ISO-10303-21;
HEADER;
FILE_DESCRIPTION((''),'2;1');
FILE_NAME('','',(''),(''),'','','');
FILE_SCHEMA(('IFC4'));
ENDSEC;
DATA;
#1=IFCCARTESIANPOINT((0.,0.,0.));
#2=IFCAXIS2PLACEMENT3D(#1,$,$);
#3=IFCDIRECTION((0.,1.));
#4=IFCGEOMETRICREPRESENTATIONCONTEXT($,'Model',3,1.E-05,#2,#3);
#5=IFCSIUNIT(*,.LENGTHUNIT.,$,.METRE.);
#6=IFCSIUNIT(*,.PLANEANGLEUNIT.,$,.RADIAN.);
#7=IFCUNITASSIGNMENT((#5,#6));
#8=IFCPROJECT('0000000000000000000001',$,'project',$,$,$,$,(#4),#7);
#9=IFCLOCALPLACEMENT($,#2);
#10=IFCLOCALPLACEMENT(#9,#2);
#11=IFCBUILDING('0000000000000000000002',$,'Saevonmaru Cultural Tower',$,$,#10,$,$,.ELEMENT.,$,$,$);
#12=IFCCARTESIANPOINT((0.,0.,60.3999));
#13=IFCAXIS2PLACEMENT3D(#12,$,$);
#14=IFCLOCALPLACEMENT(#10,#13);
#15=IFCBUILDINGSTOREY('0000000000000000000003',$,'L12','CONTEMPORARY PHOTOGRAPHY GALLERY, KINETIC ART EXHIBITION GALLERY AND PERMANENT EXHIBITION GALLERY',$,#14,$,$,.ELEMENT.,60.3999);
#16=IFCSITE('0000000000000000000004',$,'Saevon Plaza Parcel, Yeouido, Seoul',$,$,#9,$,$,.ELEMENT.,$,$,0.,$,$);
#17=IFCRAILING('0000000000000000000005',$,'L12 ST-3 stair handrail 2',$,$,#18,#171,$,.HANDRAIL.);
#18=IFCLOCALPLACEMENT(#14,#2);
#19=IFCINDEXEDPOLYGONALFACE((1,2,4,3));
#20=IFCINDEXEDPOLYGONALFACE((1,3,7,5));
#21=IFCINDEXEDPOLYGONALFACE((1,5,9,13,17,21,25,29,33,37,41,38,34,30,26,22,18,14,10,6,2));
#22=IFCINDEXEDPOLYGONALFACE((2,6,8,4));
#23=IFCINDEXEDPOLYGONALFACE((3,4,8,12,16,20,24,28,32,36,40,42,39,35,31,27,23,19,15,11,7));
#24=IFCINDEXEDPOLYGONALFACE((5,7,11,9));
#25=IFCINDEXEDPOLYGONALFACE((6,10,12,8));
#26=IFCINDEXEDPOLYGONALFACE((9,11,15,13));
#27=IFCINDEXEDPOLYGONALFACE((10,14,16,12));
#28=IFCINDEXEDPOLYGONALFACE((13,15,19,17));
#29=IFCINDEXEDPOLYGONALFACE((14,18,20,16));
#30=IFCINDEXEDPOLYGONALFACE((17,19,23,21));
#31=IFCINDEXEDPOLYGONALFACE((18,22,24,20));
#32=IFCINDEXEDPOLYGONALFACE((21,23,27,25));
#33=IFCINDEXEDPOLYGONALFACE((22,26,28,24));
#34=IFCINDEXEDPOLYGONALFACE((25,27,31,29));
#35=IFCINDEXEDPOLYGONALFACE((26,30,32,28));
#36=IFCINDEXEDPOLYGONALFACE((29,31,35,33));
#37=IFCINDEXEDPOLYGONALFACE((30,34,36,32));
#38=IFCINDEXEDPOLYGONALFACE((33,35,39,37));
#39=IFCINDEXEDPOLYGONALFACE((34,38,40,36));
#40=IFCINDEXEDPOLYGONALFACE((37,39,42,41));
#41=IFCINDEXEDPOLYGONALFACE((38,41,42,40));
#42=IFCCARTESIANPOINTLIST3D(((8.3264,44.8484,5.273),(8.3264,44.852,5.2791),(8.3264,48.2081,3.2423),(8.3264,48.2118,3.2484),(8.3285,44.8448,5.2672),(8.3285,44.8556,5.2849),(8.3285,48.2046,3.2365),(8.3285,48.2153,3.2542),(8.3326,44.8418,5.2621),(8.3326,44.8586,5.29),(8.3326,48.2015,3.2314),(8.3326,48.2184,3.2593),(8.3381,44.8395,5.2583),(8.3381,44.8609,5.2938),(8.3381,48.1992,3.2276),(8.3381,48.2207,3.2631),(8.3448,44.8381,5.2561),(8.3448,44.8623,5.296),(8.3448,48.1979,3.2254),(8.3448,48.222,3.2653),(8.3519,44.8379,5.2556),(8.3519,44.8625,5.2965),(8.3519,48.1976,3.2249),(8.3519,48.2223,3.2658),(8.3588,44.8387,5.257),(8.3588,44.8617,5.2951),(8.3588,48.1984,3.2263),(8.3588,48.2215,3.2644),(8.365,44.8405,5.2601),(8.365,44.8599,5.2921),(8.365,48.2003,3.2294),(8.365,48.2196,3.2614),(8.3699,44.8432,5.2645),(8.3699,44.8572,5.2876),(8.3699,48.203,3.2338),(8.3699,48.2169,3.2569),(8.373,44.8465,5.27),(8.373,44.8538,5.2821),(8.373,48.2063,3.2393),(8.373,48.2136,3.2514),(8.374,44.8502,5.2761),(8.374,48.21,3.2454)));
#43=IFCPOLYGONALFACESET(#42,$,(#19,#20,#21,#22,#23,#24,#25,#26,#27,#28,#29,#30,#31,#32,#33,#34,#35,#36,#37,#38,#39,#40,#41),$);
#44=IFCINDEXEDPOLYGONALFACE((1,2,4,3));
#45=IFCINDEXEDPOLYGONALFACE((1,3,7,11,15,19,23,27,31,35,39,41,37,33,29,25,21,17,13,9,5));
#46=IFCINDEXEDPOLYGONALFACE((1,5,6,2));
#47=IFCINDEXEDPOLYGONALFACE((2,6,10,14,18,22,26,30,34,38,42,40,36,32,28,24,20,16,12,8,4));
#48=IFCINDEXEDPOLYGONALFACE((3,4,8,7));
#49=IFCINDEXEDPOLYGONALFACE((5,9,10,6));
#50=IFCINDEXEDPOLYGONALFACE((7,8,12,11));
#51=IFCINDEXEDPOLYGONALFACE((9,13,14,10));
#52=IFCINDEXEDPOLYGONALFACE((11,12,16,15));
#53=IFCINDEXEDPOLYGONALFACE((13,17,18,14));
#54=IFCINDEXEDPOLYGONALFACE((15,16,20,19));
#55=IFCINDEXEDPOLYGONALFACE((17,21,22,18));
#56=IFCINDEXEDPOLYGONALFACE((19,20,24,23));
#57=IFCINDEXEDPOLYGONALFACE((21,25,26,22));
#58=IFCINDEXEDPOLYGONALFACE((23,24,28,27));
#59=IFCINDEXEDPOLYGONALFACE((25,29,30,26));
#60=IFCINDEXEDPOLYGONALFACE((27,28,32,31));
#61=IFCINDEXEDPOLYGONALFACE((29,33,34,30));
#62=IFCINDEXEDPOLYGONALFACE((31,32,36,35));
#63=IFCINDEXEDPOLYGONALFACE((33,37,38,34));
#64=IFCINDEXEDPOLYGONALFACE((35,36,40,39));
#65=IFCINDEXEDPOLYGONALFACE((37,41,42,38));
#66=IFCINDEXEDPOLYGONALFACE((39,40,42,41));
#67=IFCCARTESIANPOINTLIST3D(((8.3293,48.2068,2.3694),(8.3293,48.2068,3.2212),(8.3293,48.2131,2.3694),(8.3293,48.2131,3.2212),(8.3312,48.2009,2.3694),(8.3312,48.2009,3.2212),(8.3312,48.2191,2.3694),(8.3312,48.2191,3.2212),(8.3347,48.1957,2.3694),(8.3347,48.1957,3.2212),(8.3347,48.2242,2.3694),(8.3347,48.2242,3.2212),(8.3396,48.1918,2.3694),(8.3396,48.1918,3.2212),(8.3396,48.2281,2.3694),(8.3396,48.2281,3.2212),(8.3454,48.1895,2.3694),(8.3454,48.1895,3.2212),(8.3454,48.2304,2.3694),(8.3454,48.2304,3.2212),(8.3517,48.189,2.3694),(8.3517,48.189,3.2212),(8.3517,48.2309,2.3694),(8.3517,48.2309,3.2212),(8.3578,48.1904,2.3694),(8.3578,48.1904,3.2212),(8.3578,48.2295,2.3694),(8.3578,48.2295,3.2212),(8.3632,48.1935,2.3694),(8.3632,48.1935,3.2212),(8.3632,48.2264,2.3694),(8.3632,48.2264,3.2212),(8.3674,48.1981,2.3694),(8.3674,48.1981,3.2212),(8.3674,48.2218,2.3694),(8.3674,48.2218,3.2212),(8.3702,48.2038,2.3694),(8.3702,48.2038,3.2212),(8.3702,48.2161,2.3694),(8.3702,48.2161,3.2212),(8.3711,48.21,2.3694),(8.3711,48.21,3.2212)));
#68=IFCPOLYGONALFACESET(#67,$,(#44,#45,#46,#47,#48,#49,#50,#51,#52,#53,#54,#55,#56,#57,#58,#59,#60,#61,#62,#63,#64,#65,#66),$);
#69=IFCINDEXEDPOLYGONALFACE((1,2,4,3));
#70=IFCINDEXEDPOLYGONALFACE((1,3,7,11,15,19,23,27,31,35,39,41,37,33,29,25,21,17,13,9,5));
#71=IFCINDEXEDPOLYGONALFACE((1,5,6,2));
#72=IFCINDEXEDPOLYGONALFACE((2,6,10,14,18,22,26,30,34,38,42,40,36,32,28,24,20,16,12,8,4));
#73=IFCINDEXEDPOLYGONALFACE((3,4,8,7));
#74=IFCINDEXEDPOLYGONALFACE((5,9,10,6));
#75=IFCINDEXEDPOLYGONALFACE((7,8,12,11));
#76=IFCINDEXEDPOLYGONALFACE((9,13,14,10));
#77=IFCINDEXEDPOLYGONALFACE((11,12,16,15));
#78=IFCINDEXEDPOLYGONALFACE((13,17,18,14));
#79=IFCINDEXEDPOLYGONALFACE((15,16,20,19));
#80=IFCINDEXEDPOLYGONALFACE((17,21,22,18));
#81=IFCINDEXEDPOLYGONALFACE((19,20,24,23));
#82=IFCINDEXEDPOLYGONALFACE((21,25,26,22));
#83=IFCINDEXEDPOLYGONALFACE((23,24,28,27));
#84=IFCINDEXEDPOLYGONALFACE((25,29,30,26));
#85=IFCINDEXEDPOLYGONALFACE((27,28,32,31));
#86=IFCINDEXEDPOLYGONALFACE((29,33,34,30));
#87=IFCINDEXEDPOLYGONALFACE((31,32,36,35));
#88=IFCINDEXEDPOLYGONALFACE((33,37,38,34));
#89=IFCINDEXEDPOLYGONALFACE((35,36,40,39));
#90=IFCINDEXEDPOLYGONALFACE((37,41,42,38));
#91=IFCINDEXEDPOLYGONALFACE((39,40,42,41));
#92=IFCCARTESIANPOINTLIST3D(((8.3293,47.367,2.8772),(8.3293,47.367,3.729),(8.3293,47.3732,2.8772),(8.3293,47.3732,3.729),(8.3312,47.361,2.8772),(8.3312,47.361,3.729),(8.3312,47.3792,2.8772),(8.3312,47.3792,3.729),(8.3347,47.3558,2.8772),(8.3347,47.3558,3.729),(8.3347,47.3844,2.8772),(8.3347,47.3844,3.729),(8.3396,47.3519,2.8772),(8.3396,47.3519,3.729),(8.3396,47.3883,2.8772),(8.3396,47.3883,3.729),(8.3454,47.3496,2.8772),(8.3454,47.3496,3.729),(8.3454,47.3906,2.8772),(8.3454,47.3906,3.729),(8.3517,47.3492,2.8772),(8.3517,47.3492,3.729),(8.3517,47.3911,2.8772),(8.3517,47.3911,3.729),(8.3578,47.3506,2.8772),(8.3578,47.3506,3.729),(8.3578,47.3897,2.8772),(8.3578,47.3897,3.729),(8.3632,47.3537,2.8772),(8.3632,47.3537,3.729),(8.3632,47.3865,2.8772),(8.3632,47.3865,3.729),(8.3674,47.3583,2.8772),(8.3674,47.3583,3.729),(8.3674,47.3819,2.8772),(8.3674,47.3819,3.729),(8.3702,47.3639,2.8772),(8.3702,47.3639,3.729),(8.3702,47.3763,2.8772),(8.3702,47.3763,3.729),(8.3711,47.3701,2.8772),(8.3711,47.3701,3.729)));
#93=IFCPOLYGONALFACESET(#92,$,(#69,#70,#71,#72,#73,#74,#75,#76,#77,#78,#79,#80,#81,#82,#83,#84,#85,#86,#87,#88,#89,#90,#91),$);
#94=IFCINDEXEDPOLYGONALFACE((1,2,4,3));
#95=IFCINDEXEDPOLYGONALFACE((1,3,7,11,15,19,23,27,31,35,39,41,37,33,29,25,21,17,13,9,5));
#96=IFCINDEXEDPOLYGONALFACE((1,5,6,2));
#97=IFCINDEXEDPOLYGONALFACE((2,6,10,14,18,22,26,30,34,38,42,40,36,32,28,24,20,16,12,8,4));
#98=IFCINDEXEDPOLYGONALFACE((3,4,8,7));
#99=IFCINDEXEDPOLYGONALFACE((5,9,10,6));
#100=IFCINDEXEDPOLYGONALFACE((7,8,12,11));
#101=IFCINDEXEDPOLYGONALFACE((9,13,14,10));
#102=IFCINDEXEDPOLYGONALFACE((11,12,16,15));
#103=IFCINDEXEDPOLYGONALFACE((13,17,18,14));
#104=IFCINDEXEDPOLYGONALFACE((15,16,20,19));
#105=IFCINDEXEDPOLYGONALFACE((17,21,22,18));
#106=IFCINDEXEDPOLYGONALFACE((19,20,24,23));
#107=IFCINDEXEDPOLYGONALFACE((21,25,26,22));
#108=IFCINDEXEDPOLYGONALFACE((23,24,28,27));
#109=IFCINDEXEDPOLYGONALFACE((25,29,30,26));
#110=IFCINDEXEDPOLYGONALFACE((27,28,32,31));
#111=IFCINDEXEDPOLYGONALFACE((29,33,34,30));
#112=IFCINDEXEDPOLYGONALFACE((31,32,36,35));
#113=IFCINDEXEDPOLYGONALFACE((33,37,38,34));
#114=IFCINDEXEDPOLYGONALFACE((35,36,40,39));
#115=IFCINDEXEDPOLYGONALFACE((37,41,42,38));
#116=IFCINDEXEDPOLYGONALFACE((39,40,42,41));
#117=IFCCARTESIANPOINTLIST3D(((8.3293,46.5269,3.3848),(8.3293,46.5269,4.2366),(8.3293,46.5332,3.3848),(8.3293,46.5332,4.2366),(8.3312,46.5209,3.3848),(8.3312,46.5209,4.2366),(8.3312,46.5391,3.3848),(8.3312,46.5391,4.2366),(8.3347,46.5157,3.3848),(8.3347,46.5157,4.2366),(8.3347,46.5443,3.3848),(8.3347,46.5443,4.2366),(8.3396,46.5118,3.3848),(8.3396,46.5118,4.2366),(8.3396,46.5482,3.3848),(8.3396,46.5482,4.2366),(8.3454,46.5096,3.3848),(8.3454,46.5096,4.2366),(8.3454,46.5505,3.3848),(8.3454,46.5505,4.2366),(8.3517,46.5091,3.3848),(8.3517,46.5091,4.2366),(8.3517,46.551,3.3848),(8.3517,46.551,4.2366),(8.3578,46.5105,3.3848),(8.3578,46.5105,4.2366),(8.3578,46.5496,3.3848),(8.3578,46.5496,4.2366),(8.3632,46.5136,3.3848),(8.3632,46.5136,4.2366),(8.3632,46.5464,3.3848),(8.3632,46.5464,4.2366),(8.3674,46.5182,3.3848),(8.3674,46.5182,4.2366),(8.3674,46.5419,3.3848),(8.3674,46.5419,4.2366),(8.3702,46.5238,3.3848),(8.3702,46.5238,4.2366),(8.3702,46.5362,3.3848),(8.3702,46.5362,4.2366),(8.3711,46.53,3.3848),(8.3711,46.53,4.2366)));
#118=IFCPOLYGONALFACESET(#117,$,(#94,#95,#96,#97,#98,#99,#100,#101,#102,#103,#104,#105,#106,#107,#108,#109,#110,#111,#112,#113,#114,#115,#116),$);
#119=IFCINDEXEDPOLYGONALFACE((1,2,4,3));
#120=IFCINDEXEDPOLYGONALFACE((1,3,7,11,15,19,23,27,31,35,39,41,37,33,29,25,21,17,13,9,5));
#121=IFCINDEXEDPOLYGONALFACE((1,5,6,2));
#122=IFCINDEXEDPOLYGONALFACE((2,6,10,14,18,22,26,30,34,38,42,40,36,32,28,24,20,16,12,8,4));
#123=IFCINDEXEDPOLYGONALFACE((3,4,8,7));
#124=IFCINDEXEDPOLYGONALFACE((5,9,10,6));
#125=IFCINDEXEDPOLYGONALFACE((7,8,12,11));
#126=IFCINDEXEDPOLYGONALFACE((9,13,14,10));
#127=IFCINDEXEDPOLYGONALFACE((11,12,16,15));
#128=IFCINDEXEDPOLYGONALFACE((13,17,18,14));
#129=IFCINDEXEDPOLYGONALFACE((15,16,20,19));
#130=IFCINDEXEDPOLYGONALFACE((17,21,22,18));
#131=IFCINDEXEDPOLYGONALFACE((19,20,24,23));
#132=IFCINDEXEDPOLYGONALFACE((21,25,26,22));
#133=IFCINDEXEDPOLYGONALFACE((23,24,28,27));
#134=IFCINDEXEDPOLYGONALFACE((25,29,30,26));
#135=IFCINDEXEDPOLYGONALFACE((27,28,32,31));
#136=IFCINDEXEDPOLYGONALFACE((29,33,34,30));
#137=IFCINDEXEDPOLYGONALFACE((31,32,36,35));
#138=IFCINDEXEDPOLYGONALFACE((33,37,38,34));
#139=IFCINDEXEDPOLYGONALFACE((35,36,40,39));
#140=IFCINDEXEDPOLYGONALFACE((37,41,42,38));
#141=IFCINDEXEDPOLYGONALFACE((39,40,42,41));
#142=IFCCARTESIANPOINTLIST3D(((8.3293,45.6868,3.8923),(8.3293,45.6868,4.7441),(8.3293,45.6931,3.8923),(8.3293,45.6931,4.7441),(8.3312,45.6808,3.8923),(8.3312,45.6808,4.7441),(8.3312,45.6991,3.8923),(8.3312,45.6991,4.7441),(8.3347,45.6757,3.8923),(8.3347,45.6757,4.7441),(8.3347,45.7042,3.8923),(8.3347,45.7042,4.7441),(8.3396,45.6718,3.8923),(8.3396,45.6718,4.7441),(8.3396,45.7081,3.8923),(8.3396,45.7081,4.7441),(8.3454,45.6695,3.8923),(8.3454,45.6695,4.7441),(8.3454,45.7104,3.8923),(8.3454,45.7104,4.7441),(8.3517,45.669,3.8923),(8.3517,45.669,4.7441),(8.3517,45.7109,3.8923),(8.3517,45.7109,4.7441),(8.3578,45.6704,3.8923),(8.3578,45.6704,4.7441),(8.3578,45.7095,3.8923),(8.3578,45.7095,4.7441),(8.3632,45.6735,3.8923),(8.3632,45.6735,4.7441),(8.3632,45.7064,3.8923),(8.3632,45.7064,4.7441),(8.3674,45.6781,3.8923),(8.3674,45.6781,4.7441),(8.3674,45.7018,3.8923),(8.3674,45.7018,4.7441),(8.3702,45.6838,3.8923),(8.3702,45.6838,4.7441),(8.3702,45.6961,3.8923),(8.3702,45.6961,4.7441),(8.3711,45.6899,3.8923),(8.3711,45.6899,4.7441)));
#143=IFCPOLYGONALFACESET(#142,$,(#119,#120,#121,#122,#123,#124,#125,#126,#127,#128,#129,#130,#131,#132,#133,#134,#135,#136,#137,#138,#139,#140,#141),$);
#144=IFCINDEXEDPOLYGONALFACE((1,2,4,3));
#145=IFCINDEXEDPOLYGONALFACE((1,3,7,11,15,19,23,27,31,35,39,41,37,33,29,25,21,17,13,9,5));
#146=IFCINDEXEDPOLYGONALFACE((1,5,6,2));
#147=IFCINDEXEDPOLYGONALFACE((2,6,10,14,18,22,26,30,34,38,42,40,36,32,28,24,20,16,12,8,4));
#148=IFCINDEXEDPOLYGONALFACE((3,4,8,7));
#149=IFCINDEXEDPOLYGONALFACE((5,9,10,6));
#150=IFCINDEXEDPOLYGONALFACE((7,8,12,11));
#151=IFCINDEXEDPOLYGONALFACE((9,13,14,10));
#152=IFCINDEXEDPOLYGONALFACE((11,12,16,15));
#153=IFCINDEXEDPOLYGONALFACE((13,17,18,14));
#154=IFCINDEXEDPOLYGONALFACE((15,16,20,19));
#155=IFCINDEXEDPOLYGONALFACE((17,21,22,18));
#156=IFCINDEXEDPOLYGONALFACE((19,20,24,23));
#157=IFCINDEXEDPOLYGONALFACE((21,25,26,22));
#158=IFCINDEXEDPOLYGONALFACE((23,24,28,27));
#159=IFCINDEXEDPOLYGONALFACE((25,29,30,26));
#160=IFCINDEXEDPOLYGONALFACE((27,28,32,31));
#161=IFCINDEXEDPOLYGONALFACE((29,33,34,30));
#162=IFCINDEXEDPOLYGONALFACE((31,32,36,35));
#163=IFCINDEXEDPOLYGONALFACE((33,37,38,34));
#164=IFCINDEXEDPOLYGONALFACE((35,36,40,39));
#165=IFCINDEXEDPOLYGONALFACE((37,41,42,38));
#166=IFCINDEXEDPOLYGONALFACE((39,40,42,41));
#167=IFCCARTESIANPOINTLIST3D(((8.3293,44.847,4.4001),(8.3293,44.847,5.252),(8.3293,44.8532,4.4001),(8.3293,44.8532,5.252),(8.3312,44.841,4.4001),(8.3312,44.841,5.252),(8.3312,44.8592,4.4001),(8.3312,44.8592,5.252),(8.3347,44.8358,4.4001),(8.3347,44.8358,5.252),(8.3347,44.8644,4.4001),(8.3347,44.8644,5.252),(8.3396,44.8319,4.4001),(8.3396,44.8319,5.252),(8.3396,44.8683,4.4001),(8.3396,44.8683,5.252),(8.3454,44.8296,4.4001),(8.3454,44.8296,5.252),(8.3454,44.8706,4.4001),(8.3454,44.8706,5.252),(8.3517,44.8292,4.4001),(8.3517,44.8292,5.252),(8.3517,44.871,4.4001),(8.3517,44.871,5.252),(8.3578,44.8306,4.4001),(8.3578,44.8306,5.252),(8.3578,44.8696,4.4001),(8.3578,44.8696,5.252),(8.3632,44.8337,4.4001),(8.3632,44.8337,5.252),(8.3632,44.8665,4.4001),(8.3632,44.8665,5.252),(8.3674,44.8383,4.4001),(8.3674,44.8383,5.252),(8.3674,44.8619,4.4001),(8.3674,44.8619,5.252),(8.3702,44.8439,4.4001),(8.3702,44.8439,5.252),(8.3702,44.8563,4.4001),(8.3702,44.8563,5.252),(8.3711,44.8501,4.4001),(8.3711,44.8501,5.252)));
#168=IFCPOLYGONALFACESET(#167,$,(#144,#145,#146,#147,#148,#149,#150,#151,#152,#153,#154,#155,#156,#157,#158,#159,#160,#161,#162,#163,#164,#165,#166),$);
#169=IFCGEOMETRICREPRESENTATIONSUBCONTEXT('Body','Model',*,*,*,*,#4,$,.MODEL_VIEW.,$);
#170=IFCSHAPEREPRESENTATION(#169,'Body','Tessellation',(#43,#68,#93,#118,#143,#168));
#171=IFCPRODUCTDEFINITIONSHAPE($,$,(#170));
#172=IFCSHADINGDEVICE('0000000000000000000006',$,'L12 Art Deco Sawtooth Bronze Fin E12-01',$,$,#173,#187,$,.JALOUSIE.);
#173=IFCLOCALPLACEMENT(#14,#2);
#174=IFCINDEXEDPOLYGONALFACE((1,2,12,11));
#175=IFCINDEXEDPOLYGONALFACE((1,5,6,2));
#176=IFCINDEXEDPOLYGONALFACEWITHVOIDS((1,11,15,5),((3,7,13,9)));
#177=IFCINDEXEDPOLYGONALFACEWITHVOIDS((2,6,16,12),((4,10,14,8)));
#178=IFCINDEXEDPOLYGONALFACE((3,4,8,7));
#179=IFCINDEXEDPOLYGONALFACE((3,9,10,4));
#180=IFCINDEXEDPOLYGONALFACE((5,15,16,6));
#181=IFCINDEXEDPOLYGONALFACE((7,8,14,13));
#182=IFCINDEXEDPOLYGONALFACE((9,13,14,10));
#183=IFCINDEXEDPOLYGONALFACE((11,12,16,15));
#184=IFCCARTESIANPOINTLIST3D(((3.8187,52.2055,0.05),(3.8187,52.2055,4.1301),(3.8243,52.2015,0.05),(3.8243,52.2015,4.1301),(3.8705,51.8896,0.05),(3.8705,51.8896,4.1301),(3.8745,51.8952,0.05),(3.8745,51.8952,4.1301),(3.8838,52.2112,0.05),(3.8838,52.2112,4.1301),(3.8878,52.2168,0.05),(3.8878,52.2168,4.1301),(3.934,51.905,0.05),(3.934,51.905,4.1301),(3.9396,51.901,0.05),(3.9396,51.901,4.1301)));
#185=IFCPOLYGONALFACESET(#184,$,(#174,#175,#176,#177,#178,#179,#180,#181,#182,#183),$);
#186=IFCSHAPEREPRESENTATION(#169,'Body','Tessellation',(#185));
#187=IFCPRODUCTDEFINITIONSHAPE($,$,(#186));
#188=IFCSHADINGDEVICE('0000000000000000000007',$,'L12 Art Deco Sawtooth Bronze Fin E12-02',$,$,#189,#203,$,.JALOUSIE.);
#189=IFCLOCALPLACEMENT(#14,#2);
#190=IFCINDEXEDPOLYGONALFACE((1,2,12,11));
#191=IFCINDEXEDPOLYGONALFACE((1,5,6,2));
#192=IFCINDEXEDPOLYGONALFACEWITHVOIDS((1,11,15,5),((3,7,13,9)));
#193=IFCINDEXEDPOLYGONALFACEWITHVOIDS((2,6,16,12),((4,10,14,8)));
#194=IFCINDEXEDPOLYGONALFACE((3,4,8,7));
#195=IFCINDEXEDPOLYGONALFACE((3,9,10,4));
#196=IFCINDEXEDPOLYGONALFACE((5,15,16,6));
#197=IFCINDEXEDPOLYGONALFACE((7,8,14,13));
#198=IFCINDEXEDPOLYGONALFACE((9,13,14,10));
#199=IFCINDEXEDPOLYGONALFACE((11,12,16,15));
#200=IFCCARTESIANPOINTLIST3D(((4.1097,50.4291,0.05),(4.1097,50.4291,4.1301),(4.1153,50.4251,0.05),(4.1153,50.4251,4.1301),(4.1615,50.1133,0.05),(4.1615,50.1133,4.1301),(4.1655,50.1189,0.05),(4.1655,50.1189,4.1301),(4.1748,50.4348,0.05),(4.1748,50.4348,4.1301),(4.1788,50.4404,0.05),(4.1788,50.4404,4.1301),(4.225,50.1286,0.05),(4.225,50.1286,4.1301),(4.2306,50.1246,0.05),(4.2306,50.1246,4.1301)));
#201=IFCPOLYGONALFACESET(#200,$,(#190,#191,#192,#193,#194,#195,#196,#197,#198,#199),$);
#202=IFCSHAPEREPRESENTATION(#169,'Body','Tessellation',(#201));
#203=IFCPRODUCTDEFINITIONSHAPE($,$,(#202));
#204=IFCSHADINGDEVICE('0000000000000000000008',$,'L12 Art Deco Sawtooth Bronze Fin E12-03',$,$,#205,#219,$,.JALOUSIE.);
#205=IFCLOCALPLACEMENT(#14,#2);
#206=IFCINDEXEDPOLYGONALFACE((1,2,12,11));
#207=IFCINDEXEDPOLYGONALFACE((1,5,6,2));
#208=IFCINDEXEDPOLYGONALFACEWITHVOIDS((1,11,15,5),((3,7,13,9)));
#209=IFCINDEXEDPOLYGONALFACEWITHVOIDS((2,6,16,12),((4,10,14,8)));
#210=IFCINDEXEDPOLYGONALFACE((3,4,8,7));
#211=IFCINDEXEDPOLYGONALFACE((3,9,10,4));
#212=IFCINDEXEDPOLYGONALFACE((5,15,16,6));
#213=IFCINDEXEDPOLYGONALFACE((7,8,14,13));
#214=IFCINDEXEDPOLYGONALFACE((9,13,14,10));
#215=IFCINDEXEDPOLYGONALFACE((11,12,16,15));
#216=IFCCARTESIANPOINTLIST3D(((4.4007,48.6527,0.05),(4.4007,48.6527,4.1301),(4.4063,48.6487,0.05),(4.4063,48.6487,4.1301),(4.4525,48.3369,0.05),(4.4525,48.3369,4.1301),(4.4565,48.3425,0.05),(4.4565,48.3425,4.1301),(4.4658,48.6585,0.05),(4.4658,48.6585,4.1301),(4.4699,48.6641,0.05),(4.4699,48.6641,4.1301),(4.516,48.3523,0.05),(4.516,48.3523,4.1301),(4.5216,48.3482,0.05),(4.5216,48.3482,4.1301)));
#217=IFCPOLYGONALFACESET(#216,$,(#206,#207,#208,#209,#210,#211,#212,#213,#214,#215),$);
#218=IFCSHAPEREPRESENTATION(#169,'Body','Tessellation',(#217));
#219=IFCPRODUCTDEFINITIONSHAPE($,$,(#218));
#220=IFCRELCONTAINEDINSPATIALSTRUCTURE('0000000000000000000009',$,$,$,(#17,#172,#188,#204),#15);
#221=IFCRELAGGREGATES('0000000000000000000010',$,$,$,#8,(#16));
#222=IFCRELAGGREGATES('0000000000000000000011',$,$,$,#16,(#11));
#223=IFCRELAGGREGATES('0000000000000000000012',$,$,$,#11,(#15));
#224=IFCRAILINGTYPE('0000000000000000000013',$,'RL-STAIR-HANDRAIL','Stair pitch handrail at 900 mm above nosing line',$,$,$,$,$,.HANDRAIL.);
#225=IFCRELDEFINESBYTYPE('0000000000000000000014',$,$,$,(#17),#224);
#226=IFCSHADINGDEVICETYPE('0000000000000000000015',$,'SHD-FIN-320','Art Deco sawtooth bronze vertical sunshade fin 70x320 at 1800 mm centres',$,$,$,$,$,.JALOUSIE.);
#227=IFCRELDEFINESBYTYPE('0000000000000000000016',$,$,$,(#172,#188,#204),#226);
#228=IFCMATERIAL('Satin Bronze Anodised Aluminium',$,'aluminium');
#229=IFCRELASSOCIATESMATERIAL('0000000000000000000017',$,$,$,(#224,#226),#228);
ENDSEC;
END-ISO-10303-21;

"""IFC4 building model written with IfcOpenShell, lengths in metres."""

from ifc_helpers import new_model, si_unit, direction, frame, origin, origin_2d, place, context, subcontext, project, spatial, hollow_rectangle, circle, extrude, material, material_profile, profile_set, type_object, element, save


model = new_model("IFC4")

# Units and contexts
model_context = context("Model", 3, precision=1e-05, world=origin(), true_north=direction((0.0, 1.0)))
body_context = subcontext(model_context, "Body", "Model", "MODEL_VIEW")
ifc_project = project(units=[si_unit("LENGTHUNIT", "METRE"), si_unit("PLANEANGLEUNIT", "RADIAN")], contexts=[model_context])

# Site, building, storey
site_placement = place(None, origin())
site = spatial("IfcSite", under=ifc_project, at=site_placement, Name="Saevon Plaza Parcel, Yeouido, Seoul", CompositionType="ELEMENT", RefElevation=0.0)
building_placement = place(site_placement, origin())
building = spatial("IfcBuilding", under=site, at=building_placement, Name="Saevonmaru Cultural Tower", CompositionType="ELEMENT")
storey_placement = place(building_placement, frame((0.0, 0.0, 60.3999)))
storey = spatial("IfcBuildingStorey", under=building, at=storey_placement, Name="L12", Description="CONTEMPORARY PHOTOGRAPHY GALLERY, KINETIC ART EXHIBITION GALLERY AND PERMANENT EXHIBITION GALLERY", CompositionType="ELEMENT", Elevation=60.3999)

# Shared definitions
ifc_material_1 = material(Name="Satin Bronze Anodised Aluminium", Category="aluminium")

# Railing
railing_type_1 = type_object("IfcRailingType", Name="RL-STAIR-HANDRAIL", Description="Stair pitch handrail at 900 mm above nosing line", PredefinedType="HANDRAIL", material=ifc_material_1)
railing_1_placement = place(storey_placement, frame((8.3501, 48.21, 2.3694)))
element("IfcRailing", 1, at=railing_1_placement, inside=storey, type_object=railing_type_1, Name="L12 ST-3 stair handrail 2", PredefinedType="HANDRAIL", context=body_context, shape_type="SweptSolid", body=[
    extrude(circle(Radius=0.0239, at=origin_2d()), frame((0.0, 0.0, 0.876), z_axis=(0.0, -0.85582, 0.517273), x_axis=(1.0, 0.0, 0.0)), (0.0, 0.0, 1.0), 3.9258),
    extrude(circle(Radius=0.021, at=origin_2d()), origin(), (0.0, 0.0, 1.0), 0.8518),
    extrude(circle(Radius=0.021, at=origin_2d()), frame((0.0, -0.8398, 0.5078)), (0.0, 0.0, 1.0), 0.8518),
    extrude(circle(Radius=0.021, at=origin_2d()), frame((0.0, -1.6799, 1.0154)), (0.0, 0.0, 1.0), 0.8518),
    extrude(circle(Radius=0.021, at=origin_2d()), frame((0.0, -2.52, 1.5229)), (0.0, 0.0, 1.0), 0.8518),
    extrude(circle(Radius=0.021, at=origin_2d()), frame((0.0, -3.3599, 2.0308)), (0.0, 0.0, 1.0), 0.8518),
])

# Shading devices
ifc_material_profile_1 = material_profile(ifc_material_1, hollow_rectangle(XDim=0.0701, YDim=0.3201, WallThickness=0.0049, at=origin_2d()), Name="FIN-320x70")
ifc_profile_set_1 = profile_set([ifc_material_profile_1], Name="Satin Bronze Anodised Aluminium")
shading_device_type = type_object("IfcShadingDeviceType", Name="SHD-FIN-320", Description="Art Deco sawtooth bronze vertical sunshade fin 70x320 at 1800 mm centres", PredefinedType="JALOUSIE", material=ifc_profile_set_1)
for number, where, z_axis, x_axis, name in (
    (2, (3.8792, 52.0532, 0.05), (0.0, 0.0, 1.0), (-0.986827, -0.161776, 0.0), "L12 Art Deco Sawtooth Bronze Fin E12-01"),
    (3, (4.1702, 50.2769, 0.05), (0.0, 0.0, 1.0), (-0.986827, -0.161776, 0.0), "L12 Art Deco Sawtooth Bronze Fin E12-02"),
    (4, (4.4612, 48.5005, 0.05), (0.0, 0.0, 1.0), (-0.986827, -0.161776, 0.0), "L12 Art Deco Sawtooth Bronze Fin E12-03"),
):
    element("IfcShadingDevice", number, at=place(storey_placement, frame(where, z_axis=z_axis, x_axis=x_axis)), inside=storey, type_object=shading_device_type, Name=name, PredefinedType="JALOUSIE", context=body_context, shape_type="SweptSolid", body=[
        extrude(hollow_rectangle(XDim=0.0701, YDim=0.3201, WallThickness=0.0049, at=origin_2d()), origin(), (0.0, 0.0, 1.0), 4.0801),
    ])

save(model, "model.ifc")
